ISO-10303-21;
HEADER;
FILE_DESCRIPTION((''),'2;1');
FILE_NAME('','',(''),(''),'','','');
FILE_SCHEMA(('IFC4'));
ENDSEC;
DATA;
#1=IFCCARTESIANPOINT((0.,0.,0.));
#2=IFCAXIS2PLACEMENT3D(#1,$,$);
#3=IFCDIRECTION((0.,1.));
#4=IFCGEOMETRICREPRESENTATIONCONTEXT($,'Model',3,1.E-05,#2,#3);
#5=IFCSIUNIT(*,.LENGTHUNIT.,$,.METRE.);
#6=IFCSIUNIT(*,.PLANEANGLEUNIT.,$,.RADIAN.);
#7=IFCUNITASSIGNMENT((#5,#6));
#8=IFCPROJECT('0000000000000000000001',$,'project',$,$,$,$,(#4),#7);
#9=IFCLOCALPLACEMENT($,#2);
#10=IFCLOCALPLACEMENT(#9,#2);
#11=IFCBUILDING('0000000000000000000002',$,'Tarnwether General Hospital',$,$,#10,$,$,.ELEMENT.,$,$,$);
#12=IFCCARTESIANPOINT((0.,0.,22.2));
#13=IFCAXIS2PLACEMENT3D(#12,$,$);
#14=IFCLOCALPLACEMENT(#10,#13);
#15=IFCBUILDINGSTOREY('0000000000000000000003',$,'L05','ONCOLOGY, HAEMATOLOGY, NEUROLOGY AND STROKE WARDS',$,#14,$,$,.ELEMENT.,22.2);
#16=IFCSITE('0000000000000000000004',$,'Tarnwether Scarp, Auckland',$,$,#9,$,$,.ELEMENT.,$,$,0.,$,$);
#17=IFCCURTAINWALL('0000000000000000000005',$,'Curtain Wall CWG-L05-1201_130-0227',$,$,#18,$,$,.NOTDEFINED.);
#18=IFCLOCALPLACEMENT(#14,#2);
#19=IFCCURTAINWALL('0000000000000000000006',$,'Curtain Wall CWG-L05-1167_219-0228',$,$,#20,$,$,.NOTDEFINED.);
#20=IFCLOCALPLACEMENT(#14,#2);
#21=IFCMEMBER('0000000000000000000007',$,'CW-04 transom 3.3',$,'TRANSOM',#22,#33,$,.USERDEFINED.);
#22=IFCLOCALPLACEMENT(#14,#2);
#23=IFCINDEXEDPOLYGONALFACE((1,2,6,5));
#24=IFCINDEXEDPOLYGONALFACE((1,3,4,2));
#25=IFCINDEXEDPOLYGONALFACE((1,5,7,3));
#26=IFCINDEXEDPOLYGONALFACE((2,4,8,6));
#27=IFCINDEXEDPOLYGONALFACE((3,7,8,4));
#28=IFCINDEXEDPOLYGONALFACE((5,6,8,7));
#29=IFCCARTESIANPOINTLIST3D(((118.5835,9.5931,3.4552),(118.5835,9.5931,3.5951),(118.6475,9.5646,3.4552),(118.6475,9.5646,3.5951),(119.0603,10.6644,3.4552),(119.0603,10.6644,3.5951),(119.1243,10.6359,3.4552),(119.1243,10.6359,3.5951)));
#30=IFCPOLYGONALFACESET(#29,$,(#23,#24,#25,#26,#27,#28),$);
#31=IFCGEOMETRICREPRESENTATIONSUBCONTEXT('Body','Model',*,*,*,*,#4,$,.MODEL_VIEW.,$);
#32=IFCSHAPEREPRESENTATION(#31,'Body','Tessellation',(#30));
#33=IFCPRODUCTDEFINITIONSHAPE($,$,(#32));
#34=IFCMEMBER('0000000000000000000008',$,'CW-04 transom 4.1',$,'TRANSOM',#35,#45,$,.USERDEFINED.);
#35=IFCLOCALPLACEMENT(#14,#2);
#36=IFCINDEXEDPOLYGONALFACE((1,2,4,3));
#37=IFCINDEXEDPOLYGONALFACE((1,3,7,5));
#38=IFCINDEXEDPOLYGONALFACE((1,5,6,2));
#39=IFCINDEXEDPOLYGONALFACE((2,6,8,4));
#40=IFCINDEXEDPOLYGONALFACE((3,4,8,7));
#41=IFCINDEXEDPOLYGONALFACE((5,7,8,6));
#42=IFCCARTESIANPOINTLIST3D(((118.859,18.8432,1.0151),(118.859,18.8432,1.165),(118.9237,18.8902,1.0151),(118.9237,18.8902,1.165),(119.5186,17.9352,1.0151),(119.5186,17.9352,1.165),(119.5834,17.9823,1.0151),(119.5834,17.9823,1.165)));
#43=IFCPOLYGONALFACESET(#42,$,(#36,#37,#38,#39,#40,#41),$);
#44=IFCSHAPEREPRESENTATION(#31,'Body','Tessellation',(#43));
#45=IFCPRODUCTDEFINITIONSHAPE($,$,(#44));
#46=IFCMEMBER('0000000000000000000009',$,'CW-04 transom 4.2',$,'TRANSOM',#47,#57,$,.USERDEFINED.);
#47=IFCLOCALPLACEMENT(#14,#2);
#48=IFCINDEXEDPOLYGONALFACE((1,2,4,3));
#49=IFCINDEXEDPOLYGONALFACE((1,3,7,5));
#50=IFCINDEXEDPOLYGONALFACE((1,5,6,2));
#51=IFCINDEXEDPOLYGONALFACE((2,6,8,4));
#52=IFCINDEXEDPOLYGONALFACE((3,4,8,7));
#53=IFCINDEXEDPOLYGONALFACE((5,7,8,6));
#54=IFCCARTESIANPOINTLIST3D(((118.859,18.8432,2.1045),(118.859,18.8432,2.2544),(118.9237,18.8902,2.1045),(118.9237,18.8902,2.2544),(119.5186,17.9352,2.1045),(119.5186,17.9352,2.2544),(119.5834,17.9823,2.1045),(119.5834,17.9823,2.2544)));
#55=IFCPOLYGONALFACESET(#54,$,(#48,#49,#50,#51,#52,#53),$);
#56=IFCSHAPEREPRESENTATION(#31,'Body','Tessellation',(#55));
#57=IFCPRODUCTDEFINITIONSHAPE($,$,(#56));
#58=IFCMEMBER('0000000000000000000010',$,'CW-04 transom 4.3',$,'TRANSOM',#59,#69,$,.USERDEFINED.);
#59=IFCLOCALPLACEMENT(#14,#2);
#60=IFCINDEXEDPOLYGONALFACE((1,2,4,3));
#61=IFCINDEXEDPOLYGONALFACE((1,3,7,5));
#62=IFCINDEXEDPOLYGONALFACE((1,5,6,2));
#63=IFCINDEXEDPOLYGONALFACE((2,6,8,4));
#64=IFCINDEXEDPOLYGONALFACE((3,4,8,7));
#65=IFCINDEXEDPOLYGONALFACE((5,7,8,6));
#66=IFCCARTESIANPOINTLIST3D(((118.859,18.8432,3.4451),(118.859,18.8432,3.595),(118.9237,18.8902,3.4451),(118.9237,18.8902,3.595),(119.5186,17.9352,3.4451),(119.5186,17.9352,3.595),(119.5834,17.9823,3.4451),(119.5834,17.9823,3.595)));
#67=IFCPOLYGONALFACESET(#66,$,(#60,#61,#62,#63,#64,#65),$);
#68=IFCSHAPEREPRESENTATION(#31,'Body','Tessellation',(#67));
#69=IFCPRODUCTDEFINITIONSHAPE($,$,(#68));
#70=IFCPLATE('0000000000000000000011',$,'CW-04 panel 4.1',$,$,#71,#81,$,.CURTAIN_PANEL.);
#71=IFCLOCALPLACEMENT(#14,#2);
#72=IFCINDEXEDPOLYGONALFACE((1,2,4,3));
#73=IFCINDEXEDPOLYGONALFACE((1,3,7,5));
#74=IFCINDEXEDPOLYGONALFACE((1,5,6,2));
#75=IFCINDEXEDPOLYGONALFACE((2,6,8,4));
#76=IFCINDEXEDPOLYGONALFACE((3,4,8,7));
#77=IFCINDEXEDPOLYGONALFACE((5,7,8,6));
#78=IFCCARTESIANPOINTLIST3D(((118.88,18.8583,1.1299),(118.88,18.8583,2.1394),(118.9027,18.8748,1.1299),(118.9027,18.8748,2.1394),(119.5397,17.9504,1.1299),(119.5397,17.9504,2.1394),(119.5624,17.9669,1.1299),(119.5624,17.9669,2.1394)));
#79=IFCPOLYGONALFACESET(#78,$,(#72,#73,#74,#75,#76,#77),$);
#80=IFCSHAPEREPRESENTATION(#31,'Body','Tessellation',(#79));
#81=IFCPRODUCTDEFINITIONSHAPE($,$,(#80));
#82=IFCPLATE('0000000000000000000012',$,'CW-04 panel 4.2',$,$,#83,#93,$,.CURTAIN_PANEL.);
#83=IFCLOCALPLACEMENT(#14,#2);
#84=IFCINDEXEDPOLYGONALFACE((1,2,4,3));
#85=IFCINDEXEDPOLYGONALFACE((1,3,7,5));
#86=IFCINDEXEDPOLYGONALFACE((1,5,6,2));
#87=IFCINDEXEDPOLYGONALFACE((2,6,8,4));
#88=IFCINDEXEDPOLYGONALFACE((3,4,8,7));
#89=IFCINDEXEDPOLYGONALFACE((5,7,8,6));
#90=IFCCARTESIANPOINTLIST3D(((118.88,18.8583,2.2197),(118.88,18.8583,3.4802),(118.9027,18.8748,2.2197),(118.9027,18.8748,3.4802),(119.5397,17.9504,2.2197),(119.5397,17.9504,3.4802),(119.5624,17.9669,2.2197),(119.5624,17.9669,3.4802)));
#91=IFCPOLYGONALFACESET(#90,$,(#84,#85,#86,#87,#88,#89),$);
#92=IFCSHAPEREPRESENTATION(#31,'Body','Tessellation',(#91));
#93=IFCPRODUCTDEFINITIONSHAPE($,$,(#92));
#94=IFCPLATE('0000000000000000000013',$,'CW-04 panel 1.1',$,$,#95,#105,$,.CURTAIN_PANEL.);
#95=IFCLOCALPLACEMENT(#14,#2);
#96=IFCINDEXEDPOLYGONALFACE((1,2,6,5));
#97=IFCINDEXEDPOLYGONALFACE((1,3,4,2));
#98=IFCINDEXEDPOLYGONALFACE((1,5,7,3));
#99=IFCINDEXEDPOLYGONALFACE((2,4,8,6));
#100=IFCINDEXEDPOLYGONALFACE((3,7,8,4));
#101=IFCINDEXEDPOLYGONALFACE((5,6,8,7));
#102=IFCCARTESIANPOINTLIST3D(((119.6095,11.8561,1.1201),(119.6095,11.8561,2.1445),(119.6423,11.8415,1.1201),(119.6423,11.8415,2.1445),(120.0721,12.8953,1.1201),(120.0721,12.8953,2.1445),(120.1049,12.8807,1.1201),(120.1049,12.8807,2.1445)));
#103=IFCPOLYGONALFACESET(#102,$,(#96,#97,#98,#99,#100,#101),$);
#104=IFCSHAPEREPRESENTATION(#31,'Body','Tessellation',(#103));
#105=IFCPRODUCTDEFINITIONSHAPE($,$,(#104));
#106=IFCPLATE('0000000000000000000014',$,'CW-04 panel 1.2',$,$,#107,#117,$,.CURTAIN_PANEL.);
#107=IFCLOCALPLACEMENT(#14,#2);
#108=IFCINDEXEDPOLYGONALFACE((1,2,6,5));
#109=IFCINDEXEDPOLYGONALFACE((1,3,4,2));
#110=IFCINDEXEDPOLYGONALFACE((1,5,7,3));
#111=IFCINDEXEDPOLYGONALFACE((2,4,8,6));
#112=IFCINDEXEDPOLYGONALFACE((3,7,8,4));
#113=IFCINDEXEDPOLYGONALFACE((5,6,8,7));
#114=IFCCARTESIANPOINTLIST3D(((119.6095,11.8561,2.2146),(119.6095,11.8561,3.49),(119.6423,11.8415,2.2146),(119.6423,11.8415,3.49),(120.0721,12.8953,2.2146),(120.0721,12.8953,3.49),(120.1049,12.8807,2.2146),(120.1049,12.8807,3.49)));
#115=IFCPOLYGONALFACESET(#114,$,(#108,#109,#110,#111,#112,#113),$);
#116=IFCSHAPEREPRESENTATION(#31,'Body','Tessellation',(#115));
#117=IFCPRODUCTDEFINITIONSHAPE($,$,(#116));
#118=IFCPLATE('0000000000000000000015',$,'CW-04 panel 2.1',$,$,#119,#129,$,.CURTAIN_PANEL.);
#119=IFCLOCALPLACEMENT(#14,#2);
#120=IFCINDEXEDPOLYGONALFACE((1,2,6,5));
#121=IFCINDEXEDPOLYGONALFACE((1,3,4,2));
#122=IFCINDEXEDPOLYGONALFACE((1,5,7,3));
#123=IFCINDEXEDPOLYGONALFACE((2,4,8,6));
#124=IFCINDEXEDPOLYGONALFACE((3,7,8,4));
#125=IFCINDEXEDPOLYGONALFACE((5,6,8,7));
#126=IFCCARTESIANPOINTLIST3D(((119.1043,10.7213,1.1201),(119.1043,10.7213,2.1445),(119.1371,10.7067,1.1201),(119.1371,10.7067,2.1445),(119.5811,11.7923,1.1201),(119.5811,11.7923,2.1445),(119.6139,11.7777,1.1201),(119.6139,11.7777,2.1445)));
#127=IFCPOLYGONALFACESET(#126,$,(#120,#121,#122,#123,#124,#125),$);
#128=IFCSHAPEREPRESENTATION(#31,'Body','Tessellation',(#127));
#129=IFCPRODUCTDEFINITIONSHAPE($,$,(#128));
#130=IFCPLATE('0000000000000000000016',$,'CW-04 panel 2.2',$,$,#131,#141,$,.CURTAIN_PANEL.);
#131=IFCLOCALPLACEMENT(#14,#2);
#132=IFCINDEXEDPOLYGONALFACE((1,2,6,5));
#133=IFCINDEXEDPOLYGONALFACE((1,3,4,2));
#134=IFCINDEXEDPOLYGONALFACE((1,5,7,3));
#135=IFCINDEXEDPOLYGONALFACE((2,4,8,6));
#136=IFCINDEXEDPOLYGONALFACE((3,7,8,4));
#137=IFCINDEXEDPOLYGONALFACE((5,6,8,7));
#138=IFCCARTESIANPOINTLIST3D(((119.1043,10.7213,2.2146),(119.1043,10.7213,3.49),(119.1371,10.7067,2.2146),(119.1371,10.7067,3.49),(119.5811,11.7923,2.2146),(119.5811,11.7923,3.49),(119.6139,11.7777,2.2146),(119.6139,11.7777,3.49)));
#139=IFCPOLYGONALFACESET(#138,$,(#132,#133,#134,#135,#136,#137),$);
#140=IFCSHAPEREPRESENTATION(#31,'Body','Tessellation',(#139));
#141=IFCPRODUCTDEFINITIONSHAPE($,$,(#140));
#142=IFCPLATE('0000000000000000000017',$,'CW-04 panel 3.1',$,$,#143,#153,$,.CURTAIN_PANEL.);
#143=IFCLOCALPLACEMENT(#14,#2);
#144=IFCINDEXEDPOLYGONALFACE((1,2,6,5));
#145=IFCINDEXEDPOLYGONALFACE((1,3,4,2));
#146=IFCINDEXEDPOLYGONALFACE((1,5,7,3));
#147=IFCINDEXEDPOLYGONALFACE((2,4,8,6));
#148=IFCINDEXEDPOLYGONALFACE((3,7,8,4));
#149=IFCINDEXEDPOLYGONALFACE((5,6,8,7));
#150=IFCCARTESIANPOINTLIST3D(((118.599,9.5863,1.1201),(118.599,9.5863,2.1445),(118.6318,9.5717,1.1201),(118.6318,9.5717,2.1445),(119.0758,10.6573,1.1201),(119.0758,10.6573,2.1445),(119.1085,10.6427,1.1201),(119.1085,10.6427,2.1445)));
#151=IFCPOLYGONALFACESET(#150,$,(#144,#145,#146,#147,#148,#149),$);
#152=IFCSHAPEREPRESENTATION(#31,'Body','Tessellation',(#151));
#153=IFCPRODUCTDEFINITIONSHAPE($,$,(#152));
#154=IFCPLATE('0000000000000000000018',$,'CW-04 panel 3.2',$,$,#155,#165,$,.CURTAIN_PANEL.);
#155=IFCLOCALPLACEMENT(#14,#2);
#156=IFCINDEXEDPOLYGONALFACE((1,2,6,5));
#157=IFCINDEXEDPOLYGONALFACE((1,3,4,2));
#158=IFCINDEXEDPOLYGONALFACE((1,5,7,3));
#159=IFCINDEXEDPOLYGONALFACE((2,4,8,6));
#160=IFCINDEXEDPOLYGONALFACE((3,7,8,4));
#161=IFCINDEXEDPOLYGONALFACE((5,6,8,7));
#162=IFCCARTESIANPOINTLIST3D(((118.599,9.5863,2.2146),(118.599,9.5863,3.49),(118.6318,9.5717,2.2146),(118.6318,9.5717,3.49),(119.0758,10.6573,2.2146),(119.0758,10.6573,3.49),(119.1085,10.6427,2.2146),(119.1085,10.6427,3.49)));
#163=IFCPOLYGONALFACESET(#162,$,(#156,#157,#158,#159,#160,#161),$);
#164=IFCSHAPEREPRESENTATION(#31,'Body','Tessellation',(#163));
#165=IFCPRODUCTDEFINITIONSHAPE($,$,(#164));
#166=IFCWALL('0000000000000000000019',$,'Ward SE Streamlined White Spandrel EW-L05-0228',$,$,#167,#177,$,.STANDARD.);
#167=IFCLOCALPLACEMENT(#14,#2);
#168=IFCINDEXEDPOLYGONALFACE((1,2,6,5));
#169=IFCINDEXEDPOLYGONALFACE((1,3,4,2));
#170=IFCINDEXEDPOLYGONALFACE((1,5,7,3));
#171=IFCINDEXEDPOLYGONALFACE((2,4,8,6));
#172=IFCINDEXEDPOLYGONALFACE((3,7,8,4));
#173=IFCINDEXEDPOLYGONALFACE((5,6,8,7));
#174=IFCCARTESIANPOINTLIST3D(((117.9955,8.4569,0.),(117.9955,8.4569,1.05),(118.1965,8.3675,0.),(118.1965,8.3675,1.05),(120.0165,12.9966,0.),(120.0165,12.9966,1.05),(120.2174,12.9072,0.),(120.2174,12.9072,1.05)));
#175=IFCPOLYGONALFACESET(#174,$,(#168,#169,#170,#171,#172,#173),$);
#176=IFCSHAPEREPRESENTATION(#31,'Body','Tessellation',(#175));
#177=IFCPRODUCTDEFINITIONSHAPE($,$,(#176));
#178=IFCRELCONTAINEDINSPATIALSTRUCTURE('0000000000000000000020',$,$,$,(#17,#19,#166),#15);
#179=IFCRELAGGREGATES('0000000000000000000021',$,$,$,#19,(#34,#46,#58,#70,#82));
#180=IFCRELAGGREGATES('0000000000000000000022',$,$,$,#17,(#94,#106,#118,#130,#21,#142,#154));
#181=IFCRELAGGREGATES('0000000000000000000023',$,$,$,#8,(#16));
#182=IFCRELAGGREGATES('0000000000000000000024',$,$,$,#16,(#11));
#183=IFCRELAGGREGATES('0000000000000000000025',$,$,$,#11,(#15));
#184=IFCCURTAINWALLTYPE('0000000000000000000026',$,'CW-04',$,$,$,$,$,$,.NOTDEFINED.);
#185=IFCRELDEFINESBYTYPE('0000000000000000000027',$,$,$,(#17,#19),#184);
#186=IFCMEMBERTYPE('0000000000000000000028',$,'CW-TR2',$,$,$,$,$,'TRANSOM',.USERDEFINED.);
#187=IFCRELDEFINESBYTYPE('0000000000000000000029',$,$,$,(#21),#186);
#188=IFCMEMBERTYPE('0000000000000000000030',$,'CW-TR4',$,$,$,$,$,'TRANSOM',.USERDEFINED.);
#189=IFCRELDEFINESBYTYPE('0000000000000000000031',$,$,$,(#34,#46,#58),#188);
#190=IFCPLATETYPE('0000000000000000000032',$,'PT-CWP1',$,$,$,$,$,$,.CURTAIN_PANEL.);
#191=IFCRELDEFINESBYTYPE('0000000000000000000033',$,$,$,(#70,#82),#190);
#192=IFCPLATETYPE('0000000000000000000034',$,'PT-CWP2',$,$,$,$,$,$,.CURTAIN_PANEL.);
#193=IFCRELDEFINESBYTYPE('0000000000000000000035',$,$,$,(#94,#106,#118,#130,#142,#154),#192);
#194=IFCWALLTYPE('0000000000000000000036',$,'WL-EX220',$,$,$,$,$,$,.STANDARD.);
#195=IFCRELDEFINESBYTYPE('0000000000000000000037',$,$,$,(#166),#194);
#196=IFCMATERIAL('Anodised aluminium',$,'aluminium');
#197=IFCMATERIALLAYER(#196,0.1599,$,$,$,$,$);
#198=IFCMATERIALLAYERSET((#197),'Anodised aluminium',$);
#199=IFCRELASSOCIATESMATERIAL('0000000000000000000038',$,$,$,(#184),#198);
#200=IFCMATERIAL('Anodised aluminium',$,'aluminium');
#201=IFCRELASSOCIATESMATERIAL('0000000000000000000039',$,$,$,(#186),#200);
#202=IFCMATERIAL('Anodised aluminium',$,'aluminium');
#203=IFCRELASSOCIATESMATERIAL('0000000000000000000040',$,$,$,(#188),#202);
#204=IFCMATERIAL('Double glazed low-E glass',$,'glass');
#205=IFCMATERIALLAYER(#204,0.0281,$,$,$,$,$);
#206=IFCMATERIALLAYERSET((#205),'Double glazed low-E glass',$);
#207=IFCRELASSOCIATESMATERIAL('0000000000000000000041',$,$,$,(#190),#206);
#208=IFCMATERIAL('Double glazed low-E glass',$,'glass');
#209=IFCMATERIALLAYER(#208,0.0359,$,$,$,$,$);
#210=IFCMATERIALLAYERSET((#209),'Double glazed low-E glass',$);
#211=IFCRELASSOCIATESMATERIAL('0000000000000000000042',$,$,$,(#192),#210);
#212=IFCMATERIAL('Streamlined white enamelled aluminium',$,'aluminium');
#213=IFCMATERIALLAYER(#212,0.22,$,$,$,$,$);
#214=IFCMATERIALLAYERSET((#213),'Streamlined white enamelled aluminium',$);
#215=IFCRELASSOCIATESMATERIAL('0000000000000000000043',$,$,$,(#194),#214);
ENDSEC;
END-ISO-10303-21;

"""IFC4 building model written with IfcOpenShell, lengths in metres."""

from ifc_helpers import new_model, si_unit, direction, frame, frame_2d, origin, origin_2d, place, context, subcontext, project, spatial, rectangle, extrude, material, layer, layer_set, material_profile, profile_set, type_object, element, aggregate, save


model = new_model("IFC4")

# Units and contexts
model_context = context("Model", 3, precision=1e-05, world=origin(), true_north=direction((0.0, 1.0)))
body_context = subcontext(model_context, "Body", "Model", "MODEL_VIEW")
ifc_project = project(units=[si_unit("LENGTHUNIT", "METRE"), si_unit("PLANEANGLEUNIT", "RADIAN")], contexts=[model_context])

# Site, building, storey
site_placement = place(None, origin())
site = spatial("IfcSite", under=ifc_project, at=site_placement, Name="Tarnwether Scarp, Auckland", CompositionType="ELEMENT", RefElevation=0.0)
building_placement = place(site_placement, origin())
building = spatial("IfcBuilding", under=site, at=building_placement, Name="Tarnwether General Hospital", CompositionType="ELEMENT")
storey_placement = place(building_placement, frame((0.0, 0.0, 22.2)))
storey = spatial("IfcBuildingStorey", under=building, at=storey_placement, Name="L05", Description="ONCOLOGY, HAEMATOLOGY, NEUROLOGY AND STROKE WARDS", CompositionType="ELEMENT", Elevation=22.2)

# Curtain walls
ifc_material_1 = material(Name="Anodised aluminium", Category="aluminium")
ifc_layer_1 = layer(ifc_material_1, 0.1599)
ifc_layer_set_1 = layer_set([ifc_layer_1], Name="Anodised aluminium")
curtain_wall_type = type_object("IfcCurtainWallType", Name="CW-04", PredefinedType="NOTDEFINED", material=ifc_layer_set_1)
curtain_wall_1_placement = place(storey_placement, origin())
curtain_wall_1 = element("IfcCurtainWall", 1, at=curtain_wall_1_placement, inside=storey, type_object=curtain_wall_type, Name="Curtain Wall CWG-L05-1201_130-0227", PredefinedType="NOTDEFINED")
curtain_wall_2_placement = place(storey_placement, origin())
curtain_wall_2 = element("IfcCurtainWall", 2, at=curtain_wall_2_placement, inside=storey, type_object=curtain_wall_type, Name="Curtain Wall CWG-L05-1167_219-0228", PredefinedType="NOTDEFINED")

# Members
ifc_material_2 = material(Name="Anodised aluminium", Category="aluminium")
ifc_material_profile_1 = material_profile(ifc_material_2, rectangle(XDim=0.0701, YDim=0.1399, at=origin_2d()), Name="ALU-TRN-70x140")
ifc_profile_set_1 = profile_set([ifc_material_profile_1], Name="Anodised aluminium")
member_type_1 = type_object("IfcMemberType", Name="CW-TR2", ElementType="TRANSOM", PredefinedType="USERDEFINED", material=ifc_profile_set_1)
member_1_placement = place(storey_placement, frame((119.0923, 10.6501, 3.5251), z_axis=(-0.406621, -0.913597, 0.0), x_axis=(0.913597, -0.406621, 0.0)))
member_1 = element("IfcMember", 3, at=member_1_placement, type_object=member_type_1, Name="CW-04 transom 3.3", ObjectType="TRANSOM", PredefinedType="USERDEFINED", context=body_context, shape_type="SweptSolid", body=[
    extrude(rectangle(XDim=0.0701, YDim=0.1399, at=origin_2d()), origin(), (0.0, 0.0, 1.0), 1.1726),
])
ifc_material_3 = material(Name="Anodised aluminium", Category="aluminium")
ifc_material_profile_2 = material_profile(ifc_material_3, rectangle(XDim=0.0801, YDim=0.1499, at=origin_2d()), Name="ALU-TRN-80x150")
ifc_profile_set_2 = profile_set([ifc_material_profile_2], Name="Anodised aluminium")
member_type_2 = type_object("IfcMemberType", Name="CW-TR4", ElementType="TRANSOM", PredefinedType="USERDEFINED", material=ifc_profile_set_2)
member_2_placement = place(storey_placement, frame((118.8914, 18.8667, 1.0901), z_axis=(0.587784, -0.809018, 0.0), x_axis=(0.809018, 0.587784, 0.0)))
member_2 = element("IfcMember", 4, at=member_2_placement, type_object=member_type_2, Name="CW-04 transom 4.1", ObjectType="TRANSOM", PredefinedType="USERDEFINED", context=body_context, shape_type="SweptSolid", body=[
    extrude(rectangle(XDim=0.0801, YDim=0.1499, at=origin_2d()), origin(), (0.0, 0.0, 1.0), 1.1223),
])
member_3_placement = place(storey_placement, frame((118.8914, 18.8667, 2.1794), z_axis=(0.587784, -0.809018, 0.0), x_axis=(0.809018, 0.587784, 0.0)))
member_3 = element("IfcMember", 5, at=member_3_placement, type_object=member_type_2, Name="CW-04 transom 4.2", ObjectType="TRANSOM", PredefinedType="USERDEFINED", context=body_context, shape_type="SweptSolid", body=[
    extrude(rectangle(XDim=0.0801, YDim=0.1499, at=origin_2d()), origin(), (0.0, 0.0, 1.0), 1.1223),
])
member_4_placement = place(storey_placement, frame((118.8914, 18.8667, 3.52), z_axis=(0.587784, -0.809018, 0.0), x_axis=(0.809018, 0.587784, 0.0)))
member_4 = element("IfcMember", 6, at=member_4_placement, type_object=member_type_2, Name="CW-04 transom 4.3", ObjectType="TRANSOM", PredefinedType="USERDEFINED", context=body_context, shape_type="SweptSolid", body=[
    extrude(rectangle(XDim=0.0801, YDim=0.1499, at=origin_2d()), origin(), (0.0, 0.0, 1.0), 1.1223),
])

# Plates
ifc_material_4 = material(Name="Double glazed low-E glass", Category="glass")
ifc_layer_2 = layer(ifc_material_4, 0.0281)
ifc_layer_set_2 = layer_set([ifc_layer_2], Name="Double glazed low-E glass")
plate_type_1 = type_object("IfcPlateType", Name="PT-CWP1", PredefinedType="CURTAIN_PANEL", material=ifc_layer_set_2)
plate_1_placement = place(storey_placement, frame((119.2212, 18.4126, 1.1299), z_axis=(0.0, 0.0, 1.0), x_axis=(0.587825, -0.808988, 0.0)))
plate_1 = element("IfcPlate", 7, at=plate_1_placement, type_object=plate_type_1, Name="CW-04 panel 4.1", PredefinedType="CURTAIN_PANEL", context=body_context, shape_type="SweptSolid", body=[
    extrude(rectangle(XDim=1.1223, YDim=0.0281, at=origin_2d()), origin(), (0.0, 0.0, 1.0), 1.0095),
])
plate_2_placement = place(storey_placement, frame((119.2212, 18.4126, 2.2197), z_axis=(0.0, 0.0, 1.0), x_axis=(0.587825, -0.808988, 0.0)))
plate_2 = element("IfcPlate", 8, at=plate_2_placement, type_object=plate_type_1, Name="CW-04 panel 4.2", PredefinedType="CURTAIN_PANEL", context=body_context, shape_type="SweptSolid", body=[
    extrude(rectangle(XDim=1.1223, YDim=0.0281, at=origin_2d()), origin(), (0.0, 0.0, 1.0), 1.2605),
])
aggregate(curtain_wall_2, [member_2, member_3, member_4, plate_1, plate_2])
ifc_material_5 = material(Name="Double glazed low-E glass", Category="glass")
ifc_layer_3 = layer(ifc_material_5, 0.0359)
ifc_layer_set_3 = layer_set([ifc_layer_3], Name="Double glazed low-E glass")
plate_type_2 = type_object("IfcPlateType", Name="PT-CWP2", PredefinedType="CURTAIN_PANEL", material=ifc_layer_set_3)
plate_3_placement = place(storey_placement, frame((119.8572, 12.3684, 1.1201), z_axis=(0.0, 0.0, 1.0), x_axis=(-0.40668, -0.913571, 0.0)))
plate_3 = element("IfcPlate", 9, at=plate_3_placement, type_object=plate_type_2, Name="CW-04 panel 1.1", PredefinedType="CURTAIN_PANEL", context=body_context, shape_type="SweptSolid", body=[
    extrude(rectangle(XDim=1.1375, YDim=0.0359, at=origin_2d()), origin(), (0.0, 0.0, 1.0), 1.0244),
])
plate_4_placement = place(storey_placement, frame((119.8572, 12.3684, 2.2146), z_axis=(0.0, 0.0, 1.0), x_axis=(-0.40668, -0.913571, 0.0)))
plate_4 = element("IfcPlate", 10, at=plate_4_placement, type_object=plate_type_2, Name="CW-04 panel 1.2", PredefinedType="CURTAIN_PANEL", context=body_context, shape_type="SweptSolid", body=[
    extrude(rectangle(XDim=1.1375, YDim=0.0359, at=origin_2d()), origin(), (0.0, 0.0, 1.0), 1.2754),
])
plate_5_placement = place(storey_placement, frame((119.3591, 11.2495, 1.1201), z_axis=(0.0, 0.0, 1.0), x_axis=(-0.40668, -0.913571, 0.0)))
plate_5 = element("IfcPlate", 11, at=plate_5_placement, type_object=plate_type_2, Name="CW-04 panel 2.1", PredefinedType="CURTAIN_PANEL", context=body_context, shape_type="SweptSolid", body=[
    extrude(rectangle(XDim=1.1724, YDim=0.0359, at=origin_2d()), origin(), (0.0, 0.0, 1.0), 1.0244),
])
plate_6_placement = place(storey_placement, frame((119.3591, 11.2495, 2.2146), z_axis=(0.0, 0.0, 1.0), x_axis=(-0.40668, -0.913571, 0.0)))
plate_6 = element("IfcPlate", 12, at=plate_6_placement, type_object=plate_type_2, Name="CW-04 panel 2.2", PredefinedType="CURTAIN_PANEL", context=body_context, shape_type="SweptSolid", body=[
    extrude(rectangle(XDim=1.1724, YDim=0.0359, at=origin_2d()), origin(), (0.0, 0.0, 1.0), 1.2754),
])
plate_7_placement = place(storey_placement, frame((118.8538, 10.1145, 1.1201), z_axis=(0.0, 0.0, 1.0), x_axis=(-0.40668, -0.913571, 0.0)))
plate_7 = element("IfcPlate", 13, at=plate_7_placement, type_object=plate_type_2, Name="CW-04 panel 3.1", PredefinedType="CURTAIN_PANEL", context=body_context, shape_type="SweptSolid", body=[
    extrude(rectangle(XDim=1.1724, YDim=0.0359, at=origin_2d()), origin(), (0.0, 0.0, 1.0), 1.0244),
])
plate_8_placement = place(storey_placement, frame((118.8538, 10.1145, 2.2146), z_axis=(0.0, 0.0, 1.0), x_axis=(-0.40668, -0.913571, 0.0)))
plate_8 = element("IfcPlate", 14, at=plate_8_placement, type_object=plate_type_2, Name="CW-04 panel 3.2", PredefinedType="CURTAIN_PANEL", context=body_context, shape_type="SweptSolid", body=[
    extrude(rectangle(XDim=1.1724, YDim=0.0359, at=origin_2d()), origin(), (0.0, 0.0, 1.0), 1.2754),
])
aggregate(curtain_wall_1, [plate_3, plate_4, plate_5, plate_6, member_1, plate_7, plate_8])

# Wall
ifc_material_6 = material(Name="Streamlined white enamelled aluminium", Category="aluminium")
ifc_layer_4 = layer(ifc_material_6, 0.22)
ifc_layer_set_4 = layer_set([ifc_layer_4], Name="Streamlined white enamelled aluminium")
wall_type = type_object("IfcWallType", Name="WL-EX220", PredefinedType="STANDARD", material=ifc_layer_set_4)
wall_1_placement = place(storey_placement, frame((120.1169, 12.9519, 0.0), z_axis=(0.0, 0.0, 1.0), x_axis=(-0.406695, -0.913564, 0.0)))
element("IfcWall", 15, at=wall_1_placement, inside=storey, type_object=wall_type, Name="Ward SE Streamlined White Spandrel EW-L05-0228", PredefinedType="STANDARD", context=body_context, shape_type="SweptSolid", body=[
    extrude(rectangle(XDim=4.9692, YDim=0.22, at=frame_2d((2.4846, 0.0))), origin(), (0.0, 0.0, 1.0), 1.05),
])

save(model, "model.ifc")
